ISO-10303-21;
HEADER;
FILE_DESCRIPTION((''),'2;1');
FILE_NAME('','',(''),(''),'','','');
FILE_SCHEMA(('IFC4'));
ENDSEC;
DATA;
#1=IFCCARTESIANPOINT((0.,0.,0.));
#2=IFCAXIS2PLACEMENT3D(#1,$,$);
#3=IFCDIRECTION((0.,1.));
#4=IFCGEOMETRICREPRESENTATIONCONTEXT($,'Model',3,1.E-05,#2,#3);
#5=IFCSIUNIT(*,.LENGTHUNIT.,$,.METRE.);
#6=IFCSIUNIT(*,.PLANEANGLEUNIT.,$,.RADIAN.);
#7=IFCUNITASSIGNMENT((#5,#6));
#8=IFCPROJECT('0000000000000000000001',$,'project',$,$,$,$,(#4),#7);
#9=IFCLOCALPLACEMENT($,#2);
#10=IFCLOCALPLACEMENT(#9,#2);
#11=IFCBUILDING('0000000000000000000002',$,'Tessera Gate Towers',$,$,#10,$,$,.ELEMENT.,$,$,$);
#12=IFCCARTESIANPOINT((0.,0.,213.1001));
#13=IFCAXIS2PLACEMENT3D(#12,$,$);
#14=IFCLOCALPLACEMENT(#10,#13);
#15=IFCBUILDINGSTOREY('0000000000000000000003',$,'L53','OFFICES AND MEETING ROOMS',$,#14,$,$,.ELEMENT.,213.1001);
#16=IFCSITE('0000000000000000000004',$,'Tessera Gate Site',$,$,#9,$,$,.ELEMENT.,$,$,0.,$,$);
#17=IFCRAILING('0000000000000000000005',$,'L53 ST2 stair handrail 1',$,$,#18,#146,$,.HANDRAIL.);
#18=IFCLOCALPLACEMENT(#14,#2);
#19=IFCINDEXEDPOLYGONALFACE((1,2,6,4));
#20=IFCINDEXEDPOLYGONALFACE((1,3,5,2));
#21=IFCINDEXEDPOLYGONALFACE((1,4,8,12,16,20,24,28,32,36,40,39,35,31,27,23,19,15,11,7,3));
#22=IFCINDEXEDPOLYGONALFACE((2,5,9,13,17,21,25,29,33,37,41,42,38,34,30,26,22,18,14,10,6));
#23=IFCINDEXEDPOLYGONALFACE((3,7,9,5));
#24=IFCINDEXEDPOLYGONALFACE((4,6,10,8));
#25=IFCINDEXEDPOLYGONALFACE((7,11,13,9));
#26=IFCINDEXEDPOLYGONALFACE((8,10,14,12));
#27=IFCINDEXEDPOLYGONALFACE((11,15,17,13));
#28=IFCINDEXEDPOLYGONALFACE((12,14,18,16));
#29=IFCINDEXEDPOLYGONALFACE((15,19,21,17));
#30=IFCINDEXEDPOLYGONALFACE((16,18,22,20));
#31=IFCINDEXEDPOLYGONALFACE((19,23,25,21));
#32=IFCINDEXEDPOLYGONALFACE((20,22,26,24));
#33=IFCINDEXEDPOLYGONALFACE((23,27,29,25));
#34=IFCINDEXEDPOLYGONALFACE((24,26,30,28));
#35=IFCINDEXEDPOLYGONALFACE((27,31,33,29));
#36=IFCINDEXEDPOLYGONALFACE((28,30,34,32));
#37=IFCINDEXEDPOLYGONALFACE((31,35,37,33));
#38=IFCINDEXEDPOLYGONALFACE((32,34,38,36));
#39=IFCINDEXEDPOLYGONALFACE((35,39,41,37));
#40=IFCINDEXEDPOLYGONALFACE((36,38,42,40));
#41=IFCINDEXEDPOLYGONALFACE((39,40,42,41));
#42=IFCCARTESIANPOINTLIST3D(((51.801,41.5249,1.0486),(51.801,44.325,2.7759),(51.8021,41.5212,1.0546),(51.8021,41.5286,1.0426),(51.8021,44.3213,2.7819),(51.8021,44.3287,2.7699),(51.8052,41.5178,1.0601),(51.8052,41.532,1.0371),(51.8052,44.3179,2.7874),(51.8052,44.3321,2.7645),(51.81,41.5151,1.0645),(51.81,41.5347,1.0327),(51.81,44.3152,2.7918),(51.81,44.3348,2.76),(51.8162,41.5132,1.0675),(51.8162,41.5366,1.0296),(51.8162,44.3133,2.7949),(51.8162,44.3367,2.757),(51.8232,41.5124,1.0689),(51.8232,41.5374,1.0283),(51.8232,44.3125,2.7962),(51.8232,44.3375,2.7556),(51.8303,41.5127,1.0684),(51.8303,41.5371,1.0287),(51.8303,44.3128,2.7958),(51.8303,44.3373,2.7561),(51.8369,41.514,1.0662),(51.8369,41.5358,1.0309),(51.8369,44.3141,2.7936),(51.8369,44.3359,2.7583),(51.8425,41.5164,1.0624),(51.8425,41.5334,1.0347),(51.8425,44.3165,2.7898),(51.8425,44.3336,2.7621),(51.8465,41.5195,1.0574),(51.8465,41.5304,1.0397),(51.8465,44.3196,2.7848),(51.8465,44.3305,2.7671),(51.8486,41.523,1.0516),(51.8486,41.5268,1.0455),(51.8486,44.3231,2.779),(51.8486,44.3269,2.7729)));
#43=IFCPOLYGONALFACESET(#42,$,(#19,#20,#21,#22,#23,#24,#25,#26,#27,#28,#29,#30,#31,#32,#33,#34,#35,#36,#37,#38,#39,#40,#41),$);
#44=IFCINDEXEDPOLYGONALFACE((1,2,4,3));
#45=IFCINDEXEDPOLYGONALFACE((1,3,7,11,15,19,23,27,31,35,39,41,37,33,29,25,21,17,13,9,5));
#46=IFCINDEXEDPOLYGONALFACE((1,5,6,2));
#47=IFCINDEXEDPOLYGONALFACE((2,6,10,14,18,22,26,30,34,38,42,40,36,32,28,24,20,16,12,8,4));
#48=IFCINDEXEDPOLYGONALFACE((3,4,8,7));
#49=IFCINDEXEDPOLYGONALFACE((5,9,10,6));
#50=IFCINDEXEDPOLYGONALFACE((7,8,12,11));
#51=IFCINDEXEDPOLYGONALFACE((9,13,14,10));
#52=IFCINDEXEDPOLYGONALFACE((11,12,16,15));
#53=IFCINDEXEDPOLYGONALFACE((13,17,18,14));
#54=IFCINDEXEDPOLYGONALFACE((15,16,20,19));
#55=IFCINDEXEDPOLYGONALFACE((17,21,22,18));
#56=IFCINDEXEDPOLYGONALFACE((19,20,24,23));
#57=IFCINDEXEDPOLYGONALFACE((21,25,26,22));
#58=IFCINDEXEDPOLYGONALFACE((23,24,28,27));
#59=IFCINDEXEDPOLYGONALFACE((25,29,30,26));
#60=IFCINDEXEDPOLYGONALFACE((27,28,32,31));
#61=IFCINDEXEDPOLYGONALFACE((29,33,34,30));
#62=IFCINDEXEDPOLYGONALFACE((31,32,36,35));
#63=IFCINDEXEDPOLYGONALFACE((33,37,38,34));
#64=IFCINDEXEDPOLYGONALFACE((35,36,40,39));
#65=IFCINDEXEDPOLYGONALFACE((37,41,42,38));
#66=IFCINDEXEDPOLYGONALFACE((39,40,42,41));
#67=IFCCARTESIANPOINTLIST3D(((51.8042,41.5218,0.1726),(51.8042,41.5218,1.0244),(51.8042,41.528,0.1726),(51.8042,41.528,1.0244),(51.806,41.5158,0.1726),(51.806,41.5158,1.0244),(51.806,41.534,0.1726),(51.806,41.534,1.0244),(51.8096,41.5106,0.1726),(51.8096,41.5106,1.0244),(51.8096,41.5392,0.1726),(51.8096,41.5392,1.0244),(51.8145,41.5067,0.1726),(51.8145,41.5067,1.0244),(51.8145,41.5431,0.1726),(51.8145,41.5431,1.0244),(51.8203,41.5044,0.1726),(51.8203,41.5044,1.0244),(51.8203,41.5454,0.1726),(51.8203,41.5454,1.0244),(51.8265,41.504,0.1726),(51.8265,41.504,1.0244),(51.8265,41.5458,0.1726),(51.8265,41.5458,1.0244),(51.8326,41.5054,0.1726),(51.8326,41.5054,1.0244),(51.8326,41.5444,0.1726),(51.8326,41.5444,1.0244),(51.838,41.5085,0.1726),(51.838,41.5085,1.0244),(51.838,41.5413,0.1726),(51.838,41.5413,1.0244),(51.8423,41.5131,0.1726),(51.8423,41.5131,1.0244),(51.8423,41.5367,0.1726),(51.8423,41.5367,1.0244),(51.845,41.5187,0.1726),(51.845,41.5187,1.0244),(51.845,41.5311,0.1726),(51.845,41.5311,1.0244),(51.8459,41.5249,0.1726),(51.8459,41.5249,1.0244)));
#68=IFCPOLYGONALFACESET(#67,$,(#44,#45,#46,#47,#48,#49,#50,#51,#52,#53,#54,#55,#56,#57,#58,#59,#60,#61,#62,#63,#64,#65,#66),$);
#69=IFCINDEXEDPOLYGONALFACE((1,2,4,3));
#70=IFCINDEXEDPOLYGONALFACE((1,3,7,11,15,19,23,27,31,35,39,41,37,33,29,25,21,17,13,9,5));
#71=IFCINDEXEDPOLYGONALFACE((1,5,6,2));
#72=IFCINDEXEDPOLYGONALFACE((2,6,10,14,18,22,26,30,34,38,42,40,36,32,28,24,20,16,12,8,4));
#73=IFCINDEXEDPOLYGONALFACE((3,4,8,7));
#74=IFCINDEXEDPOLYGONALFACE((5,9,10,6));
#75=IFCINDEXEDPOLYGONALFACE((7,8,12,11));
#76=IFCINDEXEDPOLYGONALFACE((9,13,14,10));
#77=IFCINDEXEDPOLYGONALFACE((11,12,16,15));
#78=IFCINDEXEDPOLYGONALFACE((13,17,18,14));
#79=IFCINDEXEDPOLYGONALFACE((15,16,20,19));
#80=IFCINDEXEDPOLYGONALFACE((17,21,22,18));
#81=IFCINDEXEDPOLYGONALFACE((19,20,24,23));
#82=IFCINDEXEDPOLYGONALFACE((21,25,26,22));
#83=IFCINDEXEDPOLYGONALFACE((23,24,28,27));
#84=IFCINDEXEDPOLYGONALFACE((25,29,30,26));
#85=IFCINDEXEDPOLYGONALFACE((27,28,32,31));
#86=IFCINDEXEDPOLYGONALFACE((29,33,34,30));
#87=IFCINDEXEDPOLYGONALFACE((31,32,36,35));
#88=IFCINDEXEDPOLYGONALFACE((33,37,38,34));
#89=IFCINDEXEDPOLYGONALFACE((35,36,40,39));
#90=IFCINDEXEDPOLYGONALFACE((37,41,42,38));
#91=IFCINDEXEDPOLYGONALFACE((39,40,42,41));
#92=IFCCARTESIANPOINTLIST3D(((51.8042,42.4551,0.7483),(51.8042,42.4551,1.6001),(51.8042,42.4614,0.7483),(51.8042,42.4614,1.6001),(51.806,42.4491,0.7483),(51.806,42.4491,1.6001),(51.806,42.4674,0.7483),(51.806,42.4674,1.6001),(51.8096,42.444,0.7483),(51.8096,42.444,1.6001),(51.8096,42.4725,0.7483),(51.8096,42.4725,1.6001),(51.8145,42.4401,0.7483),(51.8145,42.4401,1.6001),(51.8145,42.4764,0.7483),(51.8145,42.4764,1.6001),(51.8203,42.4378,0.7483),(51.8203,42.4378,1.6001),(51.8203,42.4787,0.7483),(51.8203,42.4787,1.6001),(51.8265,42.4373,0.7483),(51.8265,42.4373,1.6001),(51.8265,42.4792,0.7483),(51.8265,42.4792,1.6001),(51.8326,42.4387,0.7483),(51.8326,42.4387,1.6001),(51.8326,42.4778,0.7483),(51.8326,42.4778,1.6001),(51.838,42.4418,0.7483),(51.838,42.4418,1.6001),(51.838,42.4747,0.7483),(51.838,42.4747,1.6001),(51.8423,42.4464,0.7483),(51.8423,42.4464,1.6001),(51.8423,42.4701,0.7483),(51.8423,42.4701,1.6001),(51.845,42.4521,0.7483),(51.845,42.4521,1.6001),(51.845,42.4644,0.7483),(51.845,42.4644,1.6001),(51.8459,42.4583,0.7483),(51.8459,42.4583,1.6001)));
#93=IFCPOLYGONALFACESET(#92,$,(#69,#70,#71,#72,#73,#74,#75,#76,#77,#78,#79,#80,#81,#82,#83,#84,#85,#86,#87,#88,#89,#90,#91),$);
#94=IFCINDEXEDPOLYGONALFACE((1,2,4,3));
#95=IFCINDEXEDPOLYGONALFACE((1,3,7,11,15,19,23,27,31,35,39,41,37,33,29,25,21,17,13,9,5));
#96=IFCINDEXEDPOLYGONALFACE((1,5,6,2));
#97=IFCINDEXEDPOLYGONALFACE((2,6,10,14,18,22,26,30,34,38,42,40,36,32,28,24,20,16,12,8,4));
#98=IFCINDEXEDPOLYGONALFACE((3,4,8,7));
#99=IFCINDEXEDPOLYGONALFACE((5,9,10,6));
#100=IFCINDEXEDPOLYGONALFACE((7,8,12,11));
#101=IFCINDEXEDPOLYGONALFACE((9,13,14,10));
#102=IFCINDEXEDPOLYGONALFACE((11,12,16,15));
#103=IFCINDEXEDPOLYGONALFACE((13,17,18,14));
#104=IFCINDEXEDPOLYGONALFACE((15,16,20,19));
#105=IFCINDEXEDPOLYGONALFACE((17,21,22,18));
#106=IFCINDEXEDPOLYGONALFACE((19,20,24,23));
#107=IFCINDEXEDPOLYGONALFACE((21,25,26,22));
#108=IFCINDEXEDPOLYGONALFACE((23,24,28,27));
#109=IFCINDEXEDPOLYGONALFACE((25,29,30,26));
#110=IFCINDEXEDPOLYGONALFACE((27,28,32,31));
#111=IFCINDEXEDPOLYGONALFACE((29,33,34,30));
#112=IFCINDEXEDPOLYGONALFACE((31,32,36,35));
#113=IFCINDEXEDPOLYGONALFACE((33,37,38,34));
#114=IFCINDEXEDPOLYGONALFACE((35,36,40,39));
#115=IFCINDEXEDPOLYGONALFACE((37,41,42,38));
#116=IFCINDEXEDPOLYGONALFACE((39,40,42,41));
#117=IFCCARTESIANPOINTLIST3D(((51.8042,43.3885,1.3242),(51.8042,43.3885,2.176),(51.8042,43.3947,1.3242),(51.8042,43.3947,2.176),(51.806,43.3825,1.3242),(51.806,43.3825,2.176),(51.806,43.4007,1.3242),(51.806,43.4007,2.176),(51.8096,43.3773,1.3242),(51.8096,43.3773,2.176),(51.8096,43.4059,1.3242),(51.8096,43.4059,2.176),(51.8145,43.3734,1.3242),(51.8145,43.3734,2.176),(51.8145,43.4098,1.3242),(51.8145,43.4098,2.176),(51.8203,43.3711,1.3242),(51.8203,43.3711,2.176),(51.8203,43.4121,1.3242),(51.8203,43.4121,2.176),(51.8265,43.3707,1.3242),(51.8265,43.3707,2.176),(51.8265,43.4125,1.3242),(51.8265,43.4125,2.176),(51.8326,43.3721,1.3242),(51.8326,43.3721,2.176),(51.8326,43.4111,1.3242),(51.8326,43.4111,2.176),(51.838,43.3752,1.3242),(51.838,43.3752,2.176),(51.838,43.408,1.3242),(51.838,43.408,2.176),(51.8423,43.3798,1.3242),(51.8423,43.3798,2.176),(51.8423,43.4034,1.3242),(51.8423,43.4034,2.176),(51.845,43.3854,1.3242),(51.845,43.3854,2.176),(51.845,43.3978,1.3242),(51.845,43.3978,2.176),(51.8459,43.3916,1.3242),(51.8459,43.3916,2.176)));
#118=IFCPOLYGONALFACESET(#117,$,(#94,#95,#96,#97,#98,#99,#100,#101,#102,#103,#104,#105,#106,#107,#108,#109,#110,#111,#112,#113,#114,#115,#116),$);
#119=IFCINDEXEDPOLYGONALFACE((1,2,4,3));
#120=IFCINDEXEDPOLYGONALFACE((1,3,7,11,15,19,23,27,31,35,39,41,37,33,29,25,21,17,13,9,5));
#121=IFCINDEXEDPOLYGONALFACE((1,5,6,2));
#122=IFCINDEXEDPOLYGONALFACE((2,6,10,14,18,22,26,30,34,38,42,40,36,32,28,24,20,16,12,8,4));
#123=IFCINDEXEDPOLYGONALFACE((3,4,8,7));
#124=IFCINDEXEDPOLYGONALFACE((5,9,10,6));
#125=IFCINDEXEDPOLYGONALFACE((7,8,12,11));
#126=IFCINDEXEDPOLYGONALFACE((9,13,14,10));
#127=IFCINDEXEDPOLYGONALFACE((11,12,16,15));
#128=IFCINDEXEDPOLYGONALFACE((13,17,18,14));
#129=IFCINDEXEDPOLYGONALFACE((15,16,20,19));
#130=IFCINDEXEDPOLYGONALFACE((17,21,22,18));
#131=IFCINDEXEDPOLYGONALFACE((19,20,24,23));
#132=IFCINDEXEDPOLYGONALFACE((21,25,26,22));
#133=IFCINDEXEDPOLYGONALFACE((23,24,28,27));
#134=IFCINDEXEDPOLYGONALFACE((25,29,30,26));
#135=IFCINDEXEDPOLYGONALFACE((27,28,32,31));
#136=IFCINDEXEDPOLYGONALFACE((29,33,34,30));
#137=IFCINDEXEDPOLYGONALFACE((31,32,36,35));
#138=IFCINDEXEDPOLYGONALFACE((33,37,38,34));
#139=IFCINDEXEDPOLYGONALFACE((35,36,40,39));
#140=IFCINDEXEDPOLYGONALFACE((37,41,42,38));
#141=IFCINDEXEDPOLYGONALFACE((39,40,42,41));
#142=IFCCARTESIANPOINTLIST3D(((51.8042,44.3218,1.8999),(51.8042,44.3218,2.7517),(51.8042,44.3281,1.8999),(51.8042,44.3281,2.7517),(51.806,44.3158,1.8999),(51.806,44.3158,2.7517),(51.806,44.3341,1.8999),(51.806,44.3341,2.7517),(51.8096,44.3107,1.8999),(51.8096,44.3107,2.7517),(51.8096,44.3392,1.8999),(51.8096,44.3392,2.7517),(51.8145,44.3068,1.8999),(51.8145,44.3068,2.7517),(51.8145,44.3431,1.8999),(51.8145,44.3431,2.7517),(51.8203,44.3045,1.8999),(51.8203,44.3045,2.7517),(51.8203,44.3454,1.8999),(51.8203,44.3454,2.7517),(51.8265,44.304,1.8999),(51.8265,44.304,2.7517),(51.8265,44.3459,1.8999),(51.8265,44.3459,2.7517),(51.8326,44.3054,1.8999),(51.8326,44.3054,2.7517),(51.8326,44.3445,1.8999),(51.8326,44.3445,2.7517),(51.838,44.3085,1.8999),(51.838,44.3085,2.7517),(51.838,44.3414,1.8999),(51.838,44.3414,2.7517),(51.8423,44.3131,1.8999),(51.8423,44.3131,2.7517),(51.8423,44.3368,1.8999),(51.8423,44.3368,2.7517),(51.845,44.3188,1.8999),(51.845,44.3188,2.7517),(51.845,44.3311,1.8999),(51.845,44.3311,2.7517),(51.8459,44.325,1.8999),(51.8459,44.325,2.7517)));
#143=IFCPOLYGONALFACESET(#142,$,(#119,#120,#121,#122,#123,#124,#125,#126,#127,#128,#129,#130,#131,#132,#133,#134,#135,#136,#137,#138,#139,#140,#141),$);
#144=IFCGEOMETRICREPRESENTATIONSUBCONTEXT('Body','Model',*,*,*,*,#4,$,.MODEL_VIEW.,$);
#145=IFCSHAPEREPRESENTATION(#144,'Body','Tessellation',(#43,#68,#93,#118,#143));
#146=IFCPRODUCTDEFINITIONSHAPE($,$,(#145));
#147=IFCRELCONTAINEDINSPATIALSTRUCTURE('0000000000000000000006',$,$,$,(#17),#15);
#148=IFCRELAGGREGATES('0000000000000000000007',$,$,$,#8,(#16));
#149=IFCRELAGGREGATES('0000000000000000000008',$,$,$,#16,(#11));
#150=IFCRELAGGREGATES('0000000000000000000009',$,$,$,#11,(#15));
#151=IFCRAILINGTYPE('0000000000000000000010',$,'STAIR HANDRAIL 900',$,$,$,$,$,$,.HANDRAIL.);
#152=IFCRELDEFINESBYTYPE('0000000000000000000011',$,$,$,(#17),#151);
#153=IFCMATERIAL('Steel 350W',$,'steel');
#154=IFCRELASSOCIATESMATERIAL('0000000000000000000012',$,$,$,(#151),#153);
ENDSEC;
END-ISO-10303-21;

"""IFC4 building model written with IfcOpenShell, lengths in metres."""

from ifc_helpers import new_model, si_unit, direction, frame, origin, origin_2d, place, context, subcontext, project, spatial, circle, extrude, material, type_object, element, save


model = new_model("IFC4")

# Units and contexts
model_context = context("Model", 3, precision=1e-05, world=origin(), true_north=direction((0.0, 1.0)))
body_context = subcontext(model_context, "Body", "Model", "MODEL_VIEW")
ifc_project = project(units=[si_unit("LENGTHUNIT", "METRE"), si_unit("PLANEANGLEUNIT", "RADIAN")], contexts=[model_context])

# Site, building, storey
site_placement = place(None, origin())
site = spatial("IfcSite", under=ifc_project, at=site_placement, Name="Tessera Gate Site", CompositionType="ELEMENT", RefElevation=0.0)
building_placement = place(site_placement, origin())
building = spatial("IfcBuilding", under=site, at=building_placement, Name="Tessera Gate Towers", CompositionType="ELEMENT")
storey_placement = place(building_placement, frame((0.0, 0.0, 213.1001)))
storey = spatial("IfcBuildingStorey", under=building, at=storey_placement, Name="L53", Description="OFFICES AND MEETING ROOMS", CompositionType="ELEMENT", Elevation=213.1001)

# Railing
ifc_material_1 = material(Name="Steel 350W", Category="steel")
railing_type_1 = type_object("IfcRailingType", Name="STAIR HANDRAIL 900", PredefinedType="HANDRAIL", material=ifc_material_1)
railing_1_placement = place(storey_placement, frame((51.825, 41.5249, 0.1726)))
element("IfcRailing", 1, at=railing_1_placement, inside=storey, type_object=railing_type_1, Name="L53 ST2 stair handrail 1", PredefinedType="HANDRAIL", context=body_context, shape_type="SweptSolid", body=[
    extrude(circle(Radius=0.0239, at=origin_2d()), frame((0.0, 0.0, 0.876), z_axis=(0.0, 0.85109, 0.52502), x_axis=(-1.0, 0.0, 0.0)), (0.0, 0.0, 1.0), 3.29),
    extrude(circle(Radius=0.021, at=origin_2d()), origin(), (0.0, 0.0, 1.0), 0.8518),
    extrude(circle(Radius=0.021, at=origin_2d()), frame((0.0, 0.9333, 0.5757)), (0.0, 0.0, 1.0), 0.8518),
    extrude(circle(Radius=0.021, at=origin_2d()), frame((0.0, 1.8667, 1.1516)), (0.0, 0.0, 1.0), 0.8518),
    extrude(circle(Radius=0.021, at=origin_2d()), frame((0.0, 2.8, 1.7273)), (0.0, 0.0, 1.0), 0.8518),
])

save(model, "model.ifc")
